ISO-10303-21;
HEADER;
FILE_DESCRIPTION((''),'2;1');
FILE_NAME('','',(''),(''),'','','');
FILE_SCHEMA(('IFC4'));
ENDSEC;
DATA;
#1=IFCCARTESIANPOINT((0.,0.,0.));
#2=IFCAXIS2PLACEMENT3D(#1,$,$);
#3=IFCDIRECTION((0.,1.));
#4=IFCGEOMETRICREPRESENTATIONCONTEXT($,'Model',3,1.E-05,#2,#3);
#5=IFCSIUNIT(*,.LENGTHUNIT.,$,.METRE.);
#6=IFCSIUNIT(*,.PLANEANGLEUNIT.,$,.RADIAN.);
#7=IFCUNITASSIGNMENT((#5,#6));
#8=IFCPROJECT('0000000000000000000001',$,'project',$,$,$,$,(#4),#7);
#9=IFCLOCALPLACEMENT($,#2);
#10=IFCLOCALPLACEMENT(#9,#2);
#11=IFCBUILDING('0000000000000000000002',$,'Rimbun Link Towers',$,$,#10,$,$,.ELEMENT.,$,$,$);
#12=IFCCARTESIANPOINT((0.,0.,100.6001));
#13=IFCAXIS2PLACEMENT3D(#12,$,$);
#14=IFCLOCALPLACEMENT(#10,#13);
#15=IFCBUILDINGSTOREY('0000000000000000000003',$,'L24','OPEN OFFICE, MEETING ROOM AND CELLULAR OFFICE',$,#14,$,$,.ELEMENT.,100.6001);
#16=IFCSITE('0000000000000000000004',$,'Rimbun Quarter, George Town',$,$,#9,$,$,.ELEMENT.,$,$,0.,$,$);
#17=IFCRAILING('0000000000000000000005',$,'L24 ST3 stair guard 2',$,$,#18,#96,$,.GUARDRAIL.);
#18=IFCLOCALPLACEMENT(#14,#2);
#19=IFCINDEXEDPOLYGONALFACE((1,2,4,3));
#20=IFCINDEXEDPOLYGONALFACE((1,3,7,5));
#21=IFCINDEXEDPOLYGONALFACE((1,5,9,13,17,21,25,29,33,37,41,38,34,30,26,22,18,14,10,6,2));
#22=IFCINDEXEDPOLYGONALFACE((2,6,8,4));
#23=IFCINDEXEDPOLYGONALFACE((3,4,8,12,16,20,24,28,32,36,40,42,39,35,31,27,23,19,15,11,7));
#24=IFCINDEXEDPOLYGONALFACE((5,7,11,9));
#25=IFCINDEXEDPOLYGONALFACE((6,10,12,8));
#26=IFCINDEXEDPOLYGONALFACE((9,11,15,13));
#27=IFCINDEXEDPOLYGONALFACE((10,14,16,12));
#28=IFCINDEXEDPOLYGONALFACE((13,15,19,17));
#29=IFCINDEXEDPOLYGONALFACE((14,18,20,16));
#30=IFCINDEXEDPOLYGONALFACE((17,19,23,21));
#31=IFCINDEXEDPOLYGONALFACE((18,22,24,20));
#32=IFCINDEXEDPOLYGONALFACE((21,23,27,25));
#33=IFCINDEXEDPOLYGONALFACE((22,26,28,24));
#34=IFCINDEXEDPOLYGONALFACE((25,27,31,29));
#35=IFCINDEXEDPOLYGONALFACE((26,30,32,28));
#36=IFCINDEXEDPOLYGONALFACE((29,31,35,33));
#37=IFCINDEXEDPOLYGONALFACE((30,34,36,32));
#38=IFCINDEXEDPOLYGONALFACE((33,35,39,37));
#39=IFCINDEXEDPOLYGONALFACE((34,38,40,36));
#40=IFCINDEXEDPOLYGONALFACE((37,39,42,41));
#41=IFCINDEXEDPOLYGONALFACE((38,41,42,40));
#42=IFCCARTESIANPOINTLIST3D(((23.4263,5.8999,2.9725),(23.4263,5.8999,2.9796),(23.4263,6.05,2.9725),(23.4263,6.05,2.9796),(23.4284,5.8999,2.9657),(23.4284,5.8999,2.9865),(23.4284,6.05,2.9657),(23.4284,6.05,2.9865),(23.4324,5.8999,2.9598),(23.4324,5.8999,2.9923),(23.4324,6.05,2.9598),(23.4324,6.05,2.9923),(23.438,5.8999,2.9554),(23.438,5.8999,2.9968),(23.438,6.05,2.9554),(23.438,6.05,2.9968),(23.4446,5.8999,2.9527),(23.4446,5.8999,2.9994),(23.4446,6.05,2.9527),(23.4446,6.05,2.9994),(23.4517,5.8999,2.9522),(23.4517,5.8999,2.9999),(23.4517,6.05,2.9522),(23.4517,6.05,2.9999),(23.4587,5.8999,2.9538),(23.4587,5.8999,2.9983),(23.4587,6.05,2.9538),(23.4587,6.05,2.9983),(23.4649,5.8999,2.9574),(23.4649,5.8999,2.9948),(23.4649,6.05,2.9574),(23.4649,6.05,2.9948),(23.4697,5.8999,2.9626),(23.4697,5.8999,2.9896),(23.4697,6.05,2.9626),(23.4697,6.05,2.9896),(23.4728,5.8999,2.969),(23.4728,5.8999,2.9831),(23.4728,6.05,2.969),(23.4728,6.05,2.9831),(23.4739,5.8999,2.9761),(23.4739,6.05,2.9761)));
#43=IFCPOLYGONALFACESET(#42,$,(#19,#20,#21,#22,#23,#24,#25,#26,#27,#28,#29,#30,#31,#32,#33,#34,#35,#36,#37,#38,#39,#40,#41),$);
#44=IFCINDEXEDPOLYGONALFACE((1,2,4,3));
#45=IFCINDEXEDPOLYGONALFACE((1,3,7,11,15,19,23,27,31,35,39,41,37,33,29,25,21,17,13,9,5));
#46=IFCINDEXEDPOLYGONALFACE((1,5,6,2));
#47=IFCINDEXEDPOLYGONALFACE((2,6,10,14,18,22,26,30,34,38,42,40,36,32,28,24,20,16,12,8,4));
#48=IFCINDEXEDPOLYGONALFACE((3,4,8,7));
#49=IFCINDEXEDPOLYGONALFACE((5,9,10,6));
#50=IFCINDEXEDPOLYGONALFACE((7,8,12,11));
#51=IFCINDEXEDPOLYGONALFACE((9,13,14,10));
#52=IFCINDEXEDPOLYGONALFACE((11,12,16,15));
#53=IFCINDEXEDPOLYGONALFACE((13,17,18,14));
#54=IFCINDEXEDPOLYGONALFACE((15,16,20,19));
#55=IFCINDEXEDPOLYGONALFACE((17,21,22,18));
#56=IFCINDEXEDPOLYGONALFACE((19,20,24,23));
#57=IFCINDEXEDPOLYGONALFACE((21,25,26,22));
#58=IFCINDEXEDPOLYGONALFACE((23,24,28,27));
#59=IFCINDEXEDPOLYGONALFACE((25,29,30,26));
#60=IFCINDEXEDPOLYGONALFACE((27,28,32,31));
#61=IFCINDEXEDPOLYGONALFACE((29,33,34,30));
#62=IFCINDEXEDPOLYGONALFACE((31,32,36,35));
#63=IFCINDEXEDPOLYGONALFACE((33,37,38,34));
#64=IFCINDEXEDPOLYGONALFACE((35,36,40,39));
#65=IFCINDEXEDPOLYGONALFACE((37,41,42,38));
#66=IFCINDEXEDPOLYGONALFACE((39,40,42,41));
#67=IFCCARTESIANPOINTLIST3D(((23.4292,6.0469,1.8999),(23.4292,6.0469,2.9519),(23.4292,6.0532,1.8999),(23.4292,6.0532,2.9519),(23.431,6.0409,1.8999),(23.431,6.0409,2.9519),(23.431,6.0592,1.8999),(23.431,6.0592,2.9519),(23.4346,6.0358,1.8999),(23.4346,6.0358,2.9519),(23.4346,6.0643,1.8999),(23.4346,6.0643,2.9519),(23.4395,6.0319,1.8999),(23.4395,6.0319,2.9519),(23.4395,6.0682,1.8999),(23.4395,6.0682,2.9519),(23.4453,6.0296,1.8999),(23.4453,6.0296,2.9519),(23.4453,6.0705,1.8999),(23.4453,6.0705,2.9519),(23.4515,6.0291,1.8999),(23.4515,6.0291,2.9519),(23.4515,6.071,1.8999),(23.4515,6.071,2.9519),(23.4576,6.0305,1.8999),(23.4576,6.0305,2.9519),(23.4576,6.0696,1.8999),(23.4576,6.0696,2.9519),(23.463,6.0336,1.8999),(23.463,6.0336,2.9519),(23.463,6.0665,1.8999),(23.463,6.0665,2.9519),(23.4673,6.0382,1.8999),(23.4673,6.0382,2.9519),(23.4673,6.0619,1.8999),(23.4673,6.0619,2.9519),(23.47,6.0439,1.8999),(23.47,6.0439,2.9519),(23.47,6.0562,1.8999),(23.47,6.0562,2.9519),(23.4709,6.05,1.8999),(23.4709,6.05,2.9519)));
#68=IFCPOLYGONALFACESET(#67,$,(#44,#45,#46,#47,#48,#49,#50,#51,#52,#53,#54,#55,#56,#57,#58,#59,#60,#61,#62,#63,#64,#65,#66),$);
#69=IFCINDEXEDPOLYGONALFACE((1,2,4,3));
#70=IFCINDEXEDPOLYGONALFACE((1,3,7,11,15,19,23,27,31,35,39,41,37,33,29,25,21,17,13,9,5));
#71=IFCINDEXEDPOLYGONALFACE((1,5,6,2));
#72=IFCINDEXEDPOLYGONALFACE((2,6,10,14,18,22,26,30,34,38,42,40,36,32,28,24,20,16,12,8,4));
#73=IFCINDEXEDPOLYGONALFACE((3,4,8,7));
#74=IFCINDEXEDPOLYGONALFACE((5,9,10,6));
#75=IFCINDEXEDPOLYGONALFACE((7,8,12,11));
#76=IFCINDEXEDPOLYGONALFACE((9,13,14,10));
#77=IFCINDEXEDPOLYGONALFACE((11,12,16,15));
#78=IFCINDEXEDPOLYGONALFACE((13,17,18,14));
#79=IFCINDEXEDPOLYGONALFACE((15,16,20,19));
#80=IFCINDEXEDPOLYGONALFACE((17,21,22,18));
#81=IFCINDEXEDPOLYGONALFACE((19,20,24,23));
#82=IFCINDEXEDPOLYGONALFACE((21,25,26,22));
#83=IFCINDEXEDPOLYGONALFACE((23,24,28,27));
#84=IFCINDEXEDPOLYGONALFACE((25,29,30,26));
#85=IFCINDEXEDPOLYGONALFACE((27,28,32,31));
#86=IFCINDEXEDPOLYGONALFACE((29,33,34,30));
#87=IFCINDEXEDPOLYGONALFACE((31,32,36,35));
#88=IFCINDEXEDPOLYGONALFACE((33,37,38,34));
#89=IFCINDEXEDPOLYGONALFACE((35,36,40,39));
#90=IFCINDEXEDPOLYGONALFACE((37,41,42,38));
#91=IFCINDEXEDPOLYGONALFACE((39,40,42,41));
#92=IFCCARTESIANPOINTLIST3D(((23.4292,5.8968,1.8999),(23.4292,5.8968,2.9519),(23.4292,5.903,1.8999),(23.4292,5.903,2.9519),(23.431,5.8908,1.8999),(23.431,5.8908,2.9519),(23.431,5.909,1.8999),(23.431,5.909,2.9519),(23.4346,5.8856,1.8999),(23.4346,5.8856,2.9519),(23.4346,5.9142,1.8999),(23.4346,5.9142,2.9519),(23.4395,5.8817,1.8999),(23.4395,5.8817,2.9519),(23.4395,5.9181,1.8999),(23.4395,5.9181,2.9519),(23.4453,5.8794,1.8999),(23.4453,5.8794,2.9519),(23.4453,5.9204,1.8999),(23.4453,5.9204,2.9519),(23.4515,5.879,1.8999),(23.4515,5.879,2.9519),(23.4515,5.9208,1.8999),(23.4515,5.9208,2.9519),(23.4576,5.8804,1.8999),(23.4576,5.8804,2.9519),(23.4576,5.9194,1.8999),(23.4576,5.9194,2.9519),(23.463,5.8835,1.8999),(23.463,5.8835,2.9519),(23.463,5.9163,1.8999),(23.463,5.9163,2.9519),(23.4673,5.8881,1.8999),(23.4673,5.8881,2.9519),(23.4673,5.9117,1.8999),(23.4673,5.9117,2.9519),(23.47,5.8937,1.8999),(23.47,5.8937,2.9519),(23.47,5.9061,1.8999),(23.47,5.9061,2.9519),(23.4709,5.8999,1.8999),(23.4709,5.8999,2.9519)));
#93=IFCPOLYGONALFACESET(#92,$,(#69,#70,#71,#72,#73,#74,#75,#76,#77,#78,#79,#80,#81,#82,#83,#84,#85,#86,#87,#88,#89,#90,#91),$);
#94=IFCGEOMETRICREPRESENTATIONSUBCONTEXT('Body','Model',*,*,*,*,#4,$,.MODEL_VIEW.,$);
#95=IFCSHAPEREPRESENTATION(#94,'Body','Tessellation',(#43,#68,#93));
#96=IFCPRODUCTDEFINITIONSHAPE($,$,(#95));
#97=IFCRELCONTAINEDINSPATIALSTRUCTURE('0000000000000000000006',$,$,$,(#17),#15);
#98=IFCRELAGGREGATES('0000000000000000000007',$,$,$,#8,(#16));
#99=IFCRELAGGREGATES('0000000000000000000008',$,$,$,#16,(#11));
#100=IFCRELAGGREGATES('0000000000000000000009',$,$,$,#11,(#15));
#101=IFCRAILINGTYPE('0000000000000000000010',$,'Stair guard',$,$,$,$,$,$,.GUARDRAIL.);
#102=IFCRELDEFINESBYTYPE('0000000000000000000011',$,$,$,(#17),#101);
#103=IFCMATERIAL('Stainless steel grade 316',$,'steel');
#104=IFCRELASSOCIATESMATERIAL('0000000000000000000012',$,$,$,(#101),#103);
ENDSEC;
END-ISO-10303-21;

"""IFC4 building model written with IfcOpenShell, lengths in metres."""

from ifc_helpers import new_model, si_unit, direction, frame, origin, origin_2d, place, context, subcontext, project, spatial, circle, extrude, material, type_object, element, save


model = new_model("IFC4")

# Units and contexts
model_context = context("Model", 3, precision=1e-05, world=origin(), true_north=direction((0.0, 1.0)))
body_context = subcontext(model_context, "Body", "Model", "MODEL_VIEW")
ifc_project = project(units=[si_unit("LENGTHUNIT", "METRE"), si_unit("PLANEANGLEUNIT", "RADIAN")], contexts=[model_context])

# Site, building, storey
site_placement = place(None, origin())
site = spatial("IfcSite", under=ifc_project, at=site_placement, Name="Rimbun Quarter, George Town", CompositionType="ELEMENT", RefElevation=0.0)
building_placement = place(site_placement, origin())
building = spatial("IfcBuilding", under=site, at=building_placement, Name="Rimbun Link Towers", CompositionType="ELEMENT")
storey_placement = place(building_placement, frame((0.0, 0.0, 100.6001)))
storey = spatial("IfcBuildingStorey", under=building, at=storey_placement, Name="L24", Description="OPEN OFFICE, MEETING ROOM AND CELLULAR OFFICE", CompositionType="ELEMENT", Elevation=100.6001)

# Railing
ifc_material_1 = material(Name="Stainless steel grade 316", Category="steel")
railing_type_1 = type_object("IfcRailingType", Name="Stair guard", PredefinedType="GUARDRAIL", material=ifc_material_1)
railing_1_placement = place(storey_placement, frame((23.45, 6.05, 1.8999)))
element("IfcRailing", 1, at=railing_1_placement, inside=storey, type_object=railing_type_1, Name="L24 ST3 stair guard 2", PredefinedType="GUARDRAIL", context=body_context, shape_type="SweptSolid", body=[
    extrude(circle(Radius=0.0239, at=origin_2d()), frame((0.0, 0.0, 1.0762), z_axis=(0.0, -1.0, 0.0), x_axis=(1.0, 0.0, 0.0)), (0.0, 0.0, 1.0), 0.1501),
    extrude(circle(Radius=0.021, at=origin_2d()), origin(), (0.0, 0.0, 1.0), 1.052),
    extrude(circle(Radius=0.021, at=origin_2d()), frame((0.0, -0.1501, 0.0)), (0.0, 0.0, 1.0), 1.052),
])

save(model, "model.ifc")
